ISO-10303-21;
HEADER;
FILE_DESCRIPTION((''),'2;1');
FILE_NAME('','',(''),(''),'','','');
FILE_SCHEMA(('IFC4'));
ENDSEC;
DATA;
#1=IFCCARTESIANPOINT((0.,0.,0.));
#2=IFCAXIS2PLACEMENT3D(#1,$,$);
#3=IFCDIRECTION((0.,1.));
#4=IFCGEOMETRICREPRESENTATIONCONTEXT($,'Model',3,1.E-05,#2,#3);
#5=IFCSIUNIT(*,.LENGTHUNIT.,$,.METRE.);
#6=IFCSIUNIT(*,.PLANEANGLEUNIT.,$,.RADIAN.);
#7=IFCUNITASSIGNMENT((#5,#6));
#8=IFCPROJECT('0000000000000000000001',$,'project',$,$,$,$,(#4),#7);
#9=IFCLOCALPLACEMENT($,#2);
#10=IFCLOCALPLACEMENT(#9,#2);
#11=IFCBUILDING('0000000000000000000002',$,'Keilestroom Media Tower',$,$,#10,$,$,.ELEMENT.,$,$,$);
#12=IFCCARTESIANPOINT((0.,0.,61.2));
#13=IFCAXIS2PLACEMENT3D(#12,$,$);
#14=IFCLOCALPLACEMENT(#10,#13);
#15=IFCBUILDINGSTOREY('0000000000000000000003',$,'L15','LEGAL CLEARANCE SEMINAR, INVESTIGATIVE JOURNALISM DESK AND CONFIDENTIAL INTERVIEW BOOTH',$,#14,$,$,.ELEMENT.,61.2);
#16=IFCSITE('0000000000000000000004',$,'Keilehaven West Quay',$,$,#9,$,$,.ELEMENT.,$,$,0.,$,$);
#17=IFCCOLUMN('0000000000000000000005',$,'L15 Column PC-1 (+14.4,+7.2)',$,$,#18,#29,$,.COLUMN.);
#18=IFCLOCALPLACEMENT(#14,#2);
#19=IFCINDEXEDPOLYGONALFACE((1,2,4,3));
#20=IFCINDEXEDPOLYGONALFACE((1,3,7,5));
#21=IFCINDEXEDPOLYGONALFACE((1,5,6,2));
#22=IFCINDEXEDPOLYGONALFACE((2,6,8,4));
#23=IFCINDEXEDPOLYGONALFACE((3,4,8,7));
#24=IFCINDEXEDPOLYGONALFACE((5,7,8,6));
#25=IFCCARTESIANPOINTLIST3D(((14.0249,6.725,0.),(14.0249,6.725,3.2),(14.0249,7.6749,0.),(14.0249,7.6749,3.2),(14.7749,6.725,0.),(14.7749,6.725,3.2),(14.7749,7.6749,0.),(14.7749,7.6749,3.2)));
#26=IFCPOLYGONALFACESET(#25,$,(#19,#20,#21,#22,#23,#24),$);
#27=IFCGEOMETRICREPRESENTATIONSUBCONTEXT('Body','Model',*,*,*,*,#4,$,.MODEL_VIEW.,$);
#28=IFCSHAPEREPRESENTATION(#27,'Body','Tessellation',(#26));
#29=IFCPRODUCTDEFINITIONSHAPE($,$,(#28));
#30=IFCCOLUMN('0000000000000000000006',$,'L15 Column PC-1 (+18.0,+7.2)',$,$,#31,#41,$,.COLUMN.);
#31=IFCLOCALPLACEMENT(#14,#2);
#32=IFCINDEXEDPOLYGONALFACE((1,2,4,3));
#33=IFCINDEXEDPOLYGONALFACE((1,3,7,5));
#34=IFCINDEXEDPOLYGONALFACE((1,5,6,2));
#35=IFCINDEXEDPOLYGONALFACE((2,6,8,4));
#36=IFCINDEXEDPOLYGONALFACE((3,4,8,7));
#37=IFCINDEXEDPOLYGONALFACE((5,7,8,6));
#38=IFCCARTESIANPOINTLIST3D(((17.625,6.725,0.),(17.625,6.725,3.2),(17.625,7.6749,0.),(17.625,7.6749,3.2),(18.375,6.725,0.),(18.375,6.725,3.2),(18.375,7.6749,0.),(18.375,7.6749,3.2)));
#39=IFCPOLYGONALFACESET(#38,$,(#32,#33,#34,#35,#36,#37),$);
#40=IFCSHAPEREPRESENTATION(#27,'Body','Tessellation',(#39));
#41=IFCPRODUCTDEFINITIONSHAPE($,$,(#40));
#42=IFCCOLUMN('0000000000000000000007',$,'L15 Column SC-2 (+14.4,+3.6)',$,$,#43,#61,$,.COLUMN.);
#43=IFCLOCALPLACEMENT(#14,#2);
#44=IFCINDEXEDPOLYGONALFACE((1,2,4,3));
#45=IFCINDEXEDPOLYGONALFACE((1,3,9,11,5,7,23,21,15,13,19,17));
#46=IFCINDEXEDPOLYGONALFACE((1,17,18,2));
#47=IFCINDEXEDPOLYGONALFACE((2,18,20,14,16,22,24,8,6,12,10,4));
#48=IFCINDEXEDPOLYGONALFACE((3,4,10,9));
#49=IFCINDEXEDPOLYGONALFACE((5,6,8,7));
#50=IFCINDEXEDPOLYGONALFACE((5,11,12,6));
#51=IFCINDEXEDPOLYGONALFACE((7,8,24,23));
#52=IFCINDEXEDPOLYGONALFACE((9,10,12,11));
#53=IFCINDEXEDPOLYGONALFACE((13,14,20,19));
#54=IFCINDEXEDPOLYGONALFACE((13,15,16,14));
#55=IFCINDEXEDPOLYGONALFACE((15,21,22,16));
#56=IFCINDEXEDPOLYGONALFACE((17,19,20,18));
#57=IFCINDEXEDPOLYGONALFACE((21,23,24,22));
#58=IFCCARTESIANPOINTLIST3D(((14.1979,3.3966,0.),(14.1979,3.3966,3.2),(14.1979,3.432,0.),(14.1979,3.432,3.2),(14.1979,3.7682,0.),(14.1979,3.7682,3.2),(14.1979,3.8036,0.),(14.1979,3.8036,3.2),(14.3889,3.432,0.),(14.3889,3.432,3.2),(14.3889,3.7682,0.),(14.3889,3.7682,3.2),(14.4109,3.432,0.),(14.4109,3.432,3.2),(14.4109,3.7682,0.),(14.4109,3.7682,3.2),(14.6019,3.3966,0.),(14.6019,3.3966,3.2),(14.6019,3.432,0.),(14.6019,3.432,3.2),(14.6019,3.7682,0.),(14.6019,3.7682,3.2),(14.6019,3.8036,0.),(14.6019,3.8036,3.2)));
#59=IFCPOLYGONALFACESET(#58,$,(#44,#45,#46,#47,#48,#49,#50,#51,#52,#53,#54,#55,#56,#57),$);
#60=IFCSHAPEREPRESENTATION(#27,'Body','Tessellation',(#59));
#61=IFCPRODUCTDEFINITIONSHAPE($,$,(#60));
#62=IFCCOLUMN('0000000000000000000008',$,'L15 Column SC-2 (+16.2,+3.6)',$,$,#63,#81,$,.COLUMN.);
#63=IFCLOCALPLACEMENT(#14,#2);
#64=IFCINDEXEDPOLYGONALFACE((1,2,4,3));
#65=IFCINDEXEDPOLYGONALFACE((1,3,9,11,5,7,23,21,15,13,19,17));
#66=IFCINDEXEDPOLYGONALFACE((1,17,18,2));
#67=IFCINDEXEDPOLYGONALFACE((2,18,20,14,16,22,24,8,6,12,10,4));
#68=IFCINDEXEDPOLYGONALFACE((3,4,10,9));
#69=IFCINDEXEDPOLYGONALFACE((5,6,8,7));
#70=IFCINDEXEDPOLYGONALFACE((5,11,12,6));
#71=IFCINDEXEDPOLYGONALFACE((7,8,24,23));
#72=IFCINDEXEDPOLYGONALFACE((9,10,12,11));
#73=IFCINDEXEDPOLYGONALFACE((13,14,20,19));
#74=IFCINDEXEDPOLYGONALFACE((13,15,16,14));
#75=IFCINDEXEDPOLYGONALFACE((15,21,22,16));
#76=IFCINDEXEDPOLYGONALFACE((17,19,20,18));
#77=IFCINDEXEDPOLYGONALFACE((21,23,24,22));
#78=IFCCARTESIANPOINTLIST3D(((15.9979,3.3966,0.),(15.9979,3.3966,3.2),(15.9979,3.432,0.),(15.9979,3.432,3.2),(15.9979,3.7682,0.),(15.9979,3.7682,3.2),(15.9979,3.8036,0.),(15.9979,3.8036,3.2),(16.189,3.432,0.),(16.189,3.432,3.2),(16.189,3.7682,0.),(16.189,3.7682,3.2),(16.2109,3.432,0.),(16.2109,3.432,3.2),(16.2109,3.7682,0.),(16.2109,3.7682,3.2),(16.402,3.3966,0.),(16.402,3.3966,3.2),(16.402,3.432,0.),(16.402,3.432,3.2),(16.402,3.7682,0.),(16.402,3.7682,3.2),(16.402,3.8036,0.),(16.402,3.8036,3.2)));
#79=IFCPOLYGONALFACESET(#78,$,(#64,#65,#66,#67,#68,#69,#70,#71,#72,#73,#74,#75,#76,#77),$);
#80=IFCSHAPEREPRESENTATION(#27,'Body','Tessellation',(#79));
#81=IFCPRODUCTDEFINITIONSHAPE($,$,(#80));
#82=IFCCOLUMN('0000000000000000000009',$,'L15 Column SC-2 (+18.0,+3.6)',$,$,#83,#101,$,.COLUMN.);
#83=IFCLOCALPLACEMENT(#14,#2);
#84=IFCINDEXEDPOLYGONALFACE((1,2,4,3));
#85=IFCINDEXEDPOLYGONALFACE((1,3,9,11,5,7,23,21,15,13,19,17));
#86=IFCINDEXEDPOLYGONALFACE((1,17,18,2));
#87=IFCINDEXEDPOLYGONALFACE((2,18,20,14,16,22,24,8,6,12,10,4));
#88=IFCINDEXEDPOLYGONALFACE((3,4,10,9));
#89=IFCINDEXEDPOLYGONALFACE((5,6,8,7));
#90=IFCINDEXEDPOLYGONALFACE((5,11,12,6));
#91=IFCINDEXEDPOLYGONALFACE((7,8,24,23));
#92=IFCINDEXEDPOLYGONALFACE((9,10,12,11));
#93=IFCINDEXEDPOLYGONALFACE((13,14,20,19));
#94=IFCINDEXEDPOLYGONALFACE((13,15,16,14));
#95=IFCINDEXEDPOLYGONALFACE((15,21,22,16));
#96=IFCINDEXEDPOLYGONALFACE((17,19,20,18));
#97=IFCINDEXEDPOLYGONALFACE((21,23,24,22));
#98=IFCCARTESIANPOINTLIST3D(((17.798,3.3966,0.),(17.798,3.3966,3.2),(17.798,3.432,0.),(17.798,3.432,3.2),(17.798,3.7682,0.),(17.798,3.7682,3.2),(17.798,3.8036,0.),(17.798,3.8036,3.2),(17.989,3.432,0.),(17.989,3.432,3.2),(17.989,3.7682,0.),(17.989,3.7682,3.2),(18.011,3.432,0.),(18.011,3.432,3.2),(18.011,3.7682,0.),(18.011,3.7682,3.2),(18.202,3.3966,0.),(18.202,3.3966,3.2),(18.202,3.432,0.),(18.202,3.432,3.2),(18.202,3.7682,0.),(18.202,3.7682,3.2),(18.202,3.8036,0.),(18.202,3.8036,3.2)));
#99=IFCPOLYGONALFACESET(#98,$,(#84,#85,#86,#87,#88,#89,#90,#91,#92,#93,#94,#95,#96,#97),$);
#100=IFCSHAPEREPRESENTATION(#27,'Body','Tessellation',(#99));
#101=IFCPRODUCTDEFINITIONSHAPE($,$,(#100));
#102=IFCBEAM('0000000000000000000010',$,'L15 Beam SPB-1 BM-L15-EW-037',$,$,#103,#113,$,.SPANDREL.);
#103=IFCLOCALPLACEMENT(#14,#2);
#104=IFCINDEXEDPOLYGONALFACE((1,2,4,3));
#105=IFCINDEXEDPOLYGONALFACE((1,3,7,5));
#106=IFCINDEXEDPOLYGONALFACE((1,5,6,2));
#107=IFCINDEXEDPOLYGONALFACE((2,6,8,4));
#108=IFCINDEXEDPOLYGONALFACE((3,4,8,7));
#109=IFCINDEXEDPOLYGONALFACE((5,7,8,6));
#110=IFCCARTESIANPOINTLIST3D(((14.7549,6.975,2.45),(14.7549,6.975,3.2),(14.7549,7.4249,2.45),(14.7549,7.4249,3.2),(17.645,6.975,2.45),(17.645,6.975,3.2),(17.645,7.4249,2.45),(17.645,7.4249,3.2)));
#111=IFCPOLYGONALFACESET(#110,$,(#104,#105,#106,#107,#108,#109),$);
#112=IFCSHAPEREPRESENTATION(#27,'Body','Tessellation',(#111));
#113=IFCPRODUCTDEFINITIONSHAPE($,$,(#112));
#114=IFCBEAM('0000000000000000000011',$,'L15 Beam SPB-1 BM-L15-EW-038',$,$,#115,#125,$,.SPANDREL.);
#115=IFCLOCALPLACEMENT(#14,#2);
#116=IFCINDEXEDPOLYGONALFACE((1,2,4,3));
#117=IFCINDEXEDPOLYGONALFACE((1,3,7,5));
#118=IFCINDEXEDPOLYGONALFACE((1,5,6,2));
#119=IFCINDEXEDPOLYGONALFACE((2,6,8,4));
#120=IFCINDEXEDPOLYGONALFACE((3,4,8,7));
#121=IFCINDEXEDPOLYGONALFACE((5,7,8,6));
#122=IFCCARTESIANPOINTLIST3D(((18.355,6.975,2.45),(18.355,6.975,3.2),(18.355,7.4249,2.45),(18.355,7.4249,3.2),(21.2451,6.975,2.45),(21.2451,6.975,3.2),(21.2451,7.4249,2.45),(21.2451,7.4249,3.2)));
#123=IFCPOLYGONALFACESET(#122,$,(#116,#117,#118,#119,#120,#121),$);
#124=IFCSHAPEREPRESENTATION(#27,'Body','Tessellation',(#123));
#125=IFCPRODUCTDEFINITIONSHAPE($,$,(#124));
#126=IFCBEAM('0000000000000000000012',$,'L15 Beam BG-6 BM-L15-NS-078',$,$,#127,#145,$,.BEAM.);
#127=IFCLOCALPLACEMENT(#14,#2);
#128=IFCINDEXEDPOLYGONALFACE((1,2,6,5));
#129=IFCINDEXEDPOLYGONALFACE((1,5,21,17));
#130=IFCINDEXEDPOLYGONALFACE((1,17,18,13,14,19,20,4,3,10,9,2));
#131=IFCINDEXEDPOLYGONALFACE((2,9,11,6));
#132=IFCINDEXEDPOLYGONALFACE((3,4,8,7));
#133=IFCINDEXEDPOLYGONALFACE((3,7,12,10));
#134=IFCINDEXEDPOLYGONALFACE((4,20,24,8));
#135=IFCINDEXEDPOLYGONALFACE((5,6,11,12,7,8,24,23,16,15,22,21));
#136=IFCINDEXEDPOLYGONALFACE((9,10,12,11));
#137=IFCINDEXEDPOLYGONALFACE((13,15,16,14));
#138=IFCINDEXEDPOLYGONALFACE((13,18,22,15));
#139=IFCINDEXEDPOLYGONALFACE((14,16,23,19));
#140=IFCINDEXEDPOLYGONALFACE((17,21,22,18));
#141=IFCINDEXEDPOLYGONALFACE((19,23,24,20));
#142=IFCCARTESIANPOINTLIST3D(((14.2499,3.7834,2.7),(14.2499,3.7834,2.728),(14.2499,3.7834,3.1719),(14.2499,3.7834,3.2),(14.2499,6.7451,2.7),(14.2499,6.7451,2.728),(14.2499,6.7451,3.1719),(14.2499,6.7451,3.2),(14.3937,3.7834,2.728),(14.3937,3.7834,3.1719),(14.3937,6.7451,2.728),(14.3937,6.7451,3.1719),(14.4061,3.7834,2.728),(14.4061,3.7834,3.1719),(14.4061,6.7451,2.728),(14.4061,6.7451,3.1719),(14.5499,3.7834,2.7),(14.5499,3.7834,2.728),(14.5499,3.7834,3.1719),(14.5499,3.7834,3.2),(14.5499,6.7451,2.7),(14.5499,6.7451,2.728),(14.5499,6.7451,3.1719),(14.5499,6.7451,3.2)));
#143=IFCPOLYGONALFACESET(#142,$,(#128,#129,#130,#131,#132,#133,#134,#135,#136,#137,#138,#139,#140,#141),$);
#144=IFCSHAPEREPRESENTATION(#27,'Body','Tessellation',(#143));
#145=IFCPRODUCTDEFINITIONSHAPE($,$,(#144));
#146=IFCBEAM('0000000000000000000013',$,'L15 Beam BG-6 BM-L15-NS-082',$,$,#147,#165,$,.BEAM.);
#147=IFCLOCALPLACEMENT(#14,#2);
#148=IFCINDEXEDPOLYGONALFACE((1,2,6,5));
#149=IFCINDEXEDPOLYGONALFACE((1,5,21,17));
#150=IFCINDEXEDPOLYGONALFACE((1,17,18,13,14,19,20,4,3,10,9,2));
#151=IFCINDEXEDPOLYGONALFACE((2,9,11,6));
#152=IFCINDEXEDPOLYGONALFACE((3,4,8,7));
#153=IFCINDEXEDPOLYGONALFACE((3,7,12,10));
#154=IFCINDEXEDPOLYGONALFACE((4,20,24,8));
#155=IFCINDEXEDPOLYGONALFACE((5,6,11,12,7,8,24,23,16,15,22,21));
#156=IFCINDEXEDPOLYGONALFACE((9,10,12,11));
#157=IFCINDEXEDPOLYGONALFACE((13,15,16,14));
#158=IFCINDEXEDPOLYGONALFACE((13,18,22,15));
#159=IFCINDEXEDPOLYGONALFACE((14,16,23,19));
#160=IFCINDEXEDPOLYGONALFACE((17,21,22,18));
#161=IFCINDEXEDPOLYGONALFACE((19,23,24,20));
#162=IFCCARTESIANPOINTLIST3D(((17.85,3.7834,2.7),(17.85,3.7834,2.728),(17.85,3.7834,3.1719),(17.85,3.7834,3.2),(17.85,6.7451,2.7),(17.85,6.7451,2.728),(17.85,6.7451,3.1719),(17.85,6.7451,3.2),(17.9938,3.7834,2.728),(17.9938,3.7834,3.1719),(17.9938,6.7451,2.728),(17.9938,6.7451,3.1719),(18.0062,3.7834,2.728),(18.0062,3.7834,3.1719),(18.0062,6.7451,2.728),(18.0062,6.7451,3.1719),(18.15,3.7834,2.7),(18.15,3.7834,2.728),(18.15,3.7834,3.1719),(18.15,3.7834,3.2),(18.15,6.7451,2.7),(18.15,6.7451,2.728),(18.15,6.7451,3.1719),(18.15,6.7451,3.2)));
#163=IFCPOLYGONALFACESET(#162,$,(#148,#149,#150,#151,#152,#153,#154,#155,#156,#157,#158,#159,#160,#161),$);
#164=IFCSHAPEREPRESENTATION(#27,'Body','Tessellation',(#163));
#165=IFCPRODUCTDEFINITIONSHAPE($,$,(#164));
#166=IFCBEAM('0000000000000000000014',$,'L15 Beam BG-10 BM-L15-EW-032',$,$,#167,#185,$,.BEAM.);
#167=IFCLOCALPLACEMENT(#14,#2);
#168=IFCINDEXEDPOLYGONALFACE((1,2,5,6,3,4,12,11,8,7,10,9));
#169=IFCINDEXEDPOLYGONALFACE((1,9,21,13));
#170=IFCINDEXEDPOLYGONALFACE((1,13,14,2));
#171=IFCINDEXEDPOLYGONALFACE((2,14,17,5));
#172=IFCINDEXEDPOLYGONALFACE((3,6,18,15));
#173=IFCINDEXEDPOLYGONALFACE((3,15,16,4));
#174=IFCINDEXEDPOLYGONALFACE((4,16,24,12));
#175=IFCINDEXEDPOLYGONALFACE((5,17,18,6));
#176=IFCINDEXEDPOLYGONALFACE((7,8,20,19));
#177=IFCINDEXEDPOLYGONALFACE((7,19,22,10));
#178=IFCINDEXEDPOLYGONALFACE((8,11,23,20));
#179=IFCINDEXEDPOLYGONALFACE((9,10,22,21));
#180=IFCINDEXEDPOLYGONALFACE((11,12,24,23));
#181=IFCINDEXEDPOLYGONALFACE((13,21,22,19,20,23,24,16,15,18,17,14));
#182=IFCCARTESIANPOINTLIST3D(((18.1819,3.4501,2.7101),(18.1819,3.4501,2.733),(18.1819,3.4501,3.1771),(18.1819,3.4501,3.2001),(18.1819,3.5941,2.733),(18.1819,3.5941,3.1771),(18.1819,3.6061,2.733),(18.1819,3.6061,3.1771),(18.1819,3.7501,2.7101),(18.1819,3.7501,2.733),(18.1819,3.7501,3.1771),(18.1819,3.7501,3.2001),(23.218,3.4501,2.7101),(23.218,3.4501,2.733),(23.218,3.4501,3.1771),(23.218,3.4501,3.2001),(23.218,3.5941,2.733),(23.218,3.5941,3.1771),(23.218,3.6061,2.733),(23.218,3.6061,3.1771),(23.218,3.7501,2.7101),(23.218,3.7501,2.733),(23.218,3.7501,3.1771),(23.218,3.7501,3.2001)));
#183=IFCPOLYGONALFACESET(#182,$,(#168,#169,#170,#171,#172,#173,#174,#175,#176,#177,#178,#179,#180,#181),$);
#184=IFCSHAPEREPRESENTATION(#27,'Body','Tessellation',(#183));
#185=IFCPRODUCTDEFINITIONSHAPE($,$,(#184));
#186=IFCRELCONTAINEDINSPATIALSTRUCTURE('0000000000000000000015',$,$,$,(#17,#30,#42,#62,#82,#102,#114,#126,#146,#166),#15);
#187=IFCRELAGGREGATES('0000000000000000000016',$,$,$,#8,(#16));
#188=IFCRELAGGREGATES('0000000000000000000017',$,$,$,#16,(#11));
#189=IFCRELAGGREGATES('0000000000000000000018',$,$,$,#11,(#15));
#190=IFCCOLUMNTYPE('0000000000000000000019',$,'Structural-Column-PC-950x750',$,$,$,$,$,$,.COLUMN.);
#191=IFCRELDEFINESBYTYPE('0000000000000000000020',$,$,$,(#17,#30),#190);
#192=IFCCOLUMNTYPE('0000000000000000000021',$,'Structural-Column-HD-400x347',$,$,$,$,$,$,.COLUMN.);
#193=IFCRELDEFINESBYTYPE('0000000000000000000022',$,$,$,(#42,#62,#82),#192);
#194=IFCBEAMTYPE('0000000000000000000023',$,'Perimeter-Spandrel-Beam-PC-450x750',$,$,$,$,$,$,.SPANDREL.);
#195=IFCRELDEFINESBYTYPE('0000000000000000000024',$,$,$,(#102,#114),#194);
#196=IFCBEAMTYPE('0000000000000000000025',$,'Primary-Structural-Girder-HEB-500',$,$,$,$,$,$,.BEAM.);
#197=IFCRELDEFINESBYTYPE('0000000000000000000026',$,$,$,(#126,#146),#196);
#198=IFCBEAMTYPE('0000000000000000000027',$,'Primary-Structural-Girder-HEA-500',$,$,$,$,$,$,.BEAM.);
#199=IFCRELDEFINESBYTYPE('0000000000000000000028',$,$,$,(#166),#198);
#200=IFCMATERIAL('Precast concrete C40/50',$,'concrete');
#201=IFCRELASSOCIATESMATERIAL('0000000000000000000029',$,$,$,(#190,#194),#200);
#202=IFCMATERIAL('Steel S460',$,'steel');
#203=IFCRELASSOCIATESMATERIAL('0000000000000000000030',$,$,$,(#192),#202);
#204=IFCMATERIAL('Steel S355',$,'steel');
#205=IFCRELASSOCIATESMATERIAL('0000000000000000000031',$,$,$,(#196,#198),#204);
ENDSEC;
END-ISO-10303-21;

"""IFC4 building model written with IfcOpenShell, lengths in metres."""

from ifc_helpers import new_model, si_unit, direction, frame, origin, origin_2d, place, context, subcontext, project, spatial, rectangle, i_section, extrude, source, transform, mapped, material, material_profile, profile_set, type_object, element, save


model = new_model("IFC4")

# Units and contexts
model_context = context("Model", 3, precision=1e-05, world=origin(), true_north=direction((0.0, 1.0)))
body_context = subcontext(model_context, "Body", "Model", "MODEL_VIEW")
ifc_project = project(units=[si_unit("LENGTHUNIT", "METRE"), si_unit("PLANEANGLEUNIT", "RADIAN")], contexts=[model_context])

# Site, building, storey
site_placement = place(None, origin())
site = spatial("IfcSite", under=ifc_project, at=site_placement, Name="Keilehaven West Quay", CompositionType="ELEMENT", RefElevation=0.0)
building_placement = place(site_placement, origin())
building = spatial("IfcBuilding", under=site, at=building_placement, Name="Keilestroom Media Tower", CompositionType="ELEMENT")
storey_placement = place(building_placement, frame((0.0, 0.0, 61.2)))
storey = spatial("IfcBuildingStorey", under=building, at=storey_placement, Name="L15", Description="LEGAL CLEARANCE SEMINAR, INVESTIGATIVE JOURNALISM DESK AND CONFIDENTIAL INTERVIEW BOOTH", CompositionType="ELEMENT", Elevation=61.2)

# Columns
ifc_material_1 = material(Name="Precast concrete C40/50", Category="concrete")
ifc_material_profile_1 = material_profile(ifc_material_1, rectangle(XDim=0.75, YDim=0.95, at=origin_2d()), Name="PC 950x750")
ifc_profile_set_1 = profile_set([ifc_material_profile_1], Name="Precast concrete C40/50")
column_type_1 = type_object("IfcColumnType", Name="Structural-Column-PC-950x750", PredefinedType="COLUMN", material=ifc_profile_set_1)
shared_shape_1 = source(origin(), body_context, "Body", "SweptSolid", [
    extrude(rectangle(XDim=0.75, YDim=0.95, at=origin_2d()), origin(), (0.0, 0.0, 1.0), 3.2),
])
for number, where, z_axis, x_axis, name in (
    (1, (14.3999, 7.2, 0.0), (0.0, 0.0, 1.0), (1.0, 0.0, 0.0), "L15 Column PC-1 (+14.4,+7.2)"),
    (2, (18.0, 7.2, 0.0), (0.0, 0.0, 1.0), (1.0, 0.0, 0.0), "L15 Column PC-1 (+18.0,+7.2)"),
):
    element("IfcColumn", number, at=place(storey_placement, frame(where, z_axis=z_axis, x_axis=x_axis)), inside=storey, type_object=column_type_1, Name=name, PredefinedType="COLUMN", context=body_context, shape_type="MappedRepresentation", body=[
        mapped(shared_shape_1, transform((0.0, 0.0, 0.0), x_axis=(1.0, 0.0, 0.0), y_axis=(0.0, 1.0, 0.0), z_axis=(0.0, 0.0, 1.0), scale=1.0)),
    ])
ifc_material_2 = material(Name="Steel S460", Category="steel")
ifc_material_profile_2 = material_profile(ifc_material_2, i_section(OverallWidth=0.4041, OverallDepth=0.407, WebThickness=0.022, FlangeThickness=0.0354, at=origin_2d()), Name="HD 400x347")
ifc_profile_set_2 = profile_set([ifc_material_profile_2], Name="Steel S460")
column_type_2 = type_object("IfcColumnType", Name="Structural-Column-HD-400x347", PredefinedType="COLUMN", material=ifc_profile_set_2)
shared_shape_2 = source(origin(), body_context, "Body", "SweptSolid", [
    extrude(i_section(OverallWidth=0.4041, OverallDepth=0.407, WebThickness=0.022, FlangeThickness=0.0354, at=origin_2d()), origin(), (0.0, 0.0, 1.0), 3.2),
])
for number, where, z_axis, x_axis, name in (
    (3, (14.3999, 3.6001, 0.0), (0.0, 0.0, 1.0), (1.0, 0.0, 0.0), "L15 Column SC-2 (+14.4,+3.6)"),
    (4, (16.2, 3.6001, 0.0), (0.0, 0.0, 1.0), (1.0, 0.0, 0.0), "L15 Column SC-2 (+16.2,+3.6)"),
    (5, (18.0, 3.6001, 0.0), (0.0, 0.0, 1.0), (1.0, 0.0, 0.0), "L15 Column SC-2 (+18.0,+3.6)"),
):
    element("IfcColumn", number, at=place(storey_placement, frame(where, z_axis=z_axis, x_axis=x_axis)), inside=storey, type_object=column_type_2, Name=name, PredefinedType="COLUMN", context=body_context, shape_type="MappedRepresentation", body=[
        mapped(shared_shape_2, transform((0.0, 0.0, 0.0), x_axis=(1.0, 0.0, 0.0), y_axis=(0.0, 1.0, 0.0), z_axis=(0.0, 0.0, 1.0), scale=1.0)),
    ])

# Beams
ifc_material_profile_3 = material_profile(ifc_material_1, rectangle(XDim=0.45, YDim=0.75, at=origin_2d()), Name="PC 450x750")
ifc_profile_set_3 = profile_set([ifc_material_profile_3], Name="Precast concrete C40/50")
beam_type_1 = type_object("IfcBeamType", Name="Perimeter-Spandrel-Beam-PC-450x750", PredefinedType="SPANDREL", material=ifc_profile_set_3)
shared_shape_3 = source(origin(), body_context, "Body", "SweptSolid", [
    extrude(rectangle(XDim=0.45, YDim=0.75, at=origin_2d()), origin(), (0.0, 0.0, 1.0), 2.8901),
])
for number, where, z_axis, x_axis, name in (
    (6, (14.7549, 7.2, 2.825), (1.0, 0.0, 0.0), (0.0, 1.0, 0.0), "L15 Beam SPB-1 BM-L15-EW-037"),
    (7, (18.355, 7.2, 2.825), (1.0, 0.0, 0.0), (0.0, 1.0, 0.0), "L15 Beam SPB-1 BM-L15-EW-038"),
):
    element("IfcBeam", number, at=place(storey_placement, frame(where, z_axis=z_axis, x_axis=x_axis)), inside=storey, type_object=beam_type_1, Name=name, PredefinedType="SPANDREL", context=body_context, shape_type="MappedRepresentation", body=[
        mapped(shared_shape_3, transform((0.0, 0.0, 0.0), x_axis=(1.0, 0.0, 0.0), y_axis=(0.0, 1.0, 0.0), z_axis=(0.0, 0.0, 1.0), scale=1.0)),
    ])
ifc_material_3 = material(Name="Steel S355", Category="steel")
ifc_material_profile_4 = material_profile(ifc_material_3, i_section(OverallWidth=0.3, OverallDepth=0.5, WebThickness=0.0125, FlangeThickness=0.0281, at=origin_2d()), Name="HEB 500")
ifc_profile_set_4 = profile_set([ifc_material_profile_4], Name="Steel S355")
beam_type_2 = type_object("IfcBeamType", Name="Primary-Structural-Girder-HEB-500", PredefinedType="BEAM", material=ifc_profile_set_4)
shared_shape_4 = source(origin(), body_context, "Body", "SweptSolid", [
    extrude(i_section(OverallWidth=0.3, OverallDepth=0.5, WebThickness=0.0125, FlangeThickness=0.0281, at=origin_2d()), origin(), (0.0, 0.0, 1.0), 2.9617),
])
for number, where, z_axis, x_axis, name in (
    (8, (14.3999, 3.7834, 2.95), (0.0, 1.0, 0.0), (-1.0, 0.0, 0.0), "L15 Beam BG-6 BM-L15-NS-078"),
    (9, (18.0, 3.7834, 2.95), (0.0, 1.0, 0.0), (-1.0, 0.0, 0.0), "L15 Beam BG-6 BM-L15-NS-082"),
):
    element("IfcBeam", number, at=place(storey_placement, frame(where, z_axis=z_axis, x_axis=x_axis)), inside=storey, type_object=beam_type_2, Name=name, PredefinedType="BEAM", context=body_context, shape_type="MappedRepresentation", body=[
        mapped(shared_shape_4, transform((0.0, 0.0, 0.0), x_axis=(1.0, 0.0, 0.0), y_axis=(0.0, 1.0, 0.0), z_axis=(0.0, 0.0, 1.0), scale=1.0)),
    ])
ifc_material_profile_5 = material_profile(ifc_material_3, i_section(OverallWidth=0.3, OverallDepth=0.49, WebThickness=0.012, FlangeThickness=0.0229, at=origin_2d()), Name="HEA 500")
ifc_profile_set_5 = profile_set([ifc_material_profile_5], Name="Steel S355")
beam_type_3 = type_object("IfcBeamType", Name="Primary-Structural-Girder-HEA-500", PredefinedType="BEAM", material=ifc_profile_set_5)
shared_shape_5 = source(origin(), body_context, "Body", "SweptSolid", [
    extrude(i_section(OverallWidth=0.3, OverallDepth=0.49, WebThickness=0.012, FlangeThickness=0.0229, at=origin_2d()), origin(), (0.0, 0.0, 1.0), 5.0361),
])
beam_placement = place(storey_placement, frame((18.1819, 3.6001, 2.9551), z_axis=(1.0, 0.0, 0.0), x_axis=(0.0, 1.0, 0.0)))
element("IfcBeam", 10, at=beam_placement, inside=storey, type_object=beam_type_3, Name="L15 Beam BG-10 BM-L15-EW-032", PredefinedType="BEAM", context=body_context, shape_type="MappedRepresentation", body=[
    mapped(shared_shape_5, transform((0.0, 0.0, 0.0), x_axis=(1.0, 0.0, 0.0), y_axis=(0.0, 1.0, 0.0), z_axis=(0.0, 0.0, 1.0), scale=1.0)),
])

save(model, "model.ifc")
